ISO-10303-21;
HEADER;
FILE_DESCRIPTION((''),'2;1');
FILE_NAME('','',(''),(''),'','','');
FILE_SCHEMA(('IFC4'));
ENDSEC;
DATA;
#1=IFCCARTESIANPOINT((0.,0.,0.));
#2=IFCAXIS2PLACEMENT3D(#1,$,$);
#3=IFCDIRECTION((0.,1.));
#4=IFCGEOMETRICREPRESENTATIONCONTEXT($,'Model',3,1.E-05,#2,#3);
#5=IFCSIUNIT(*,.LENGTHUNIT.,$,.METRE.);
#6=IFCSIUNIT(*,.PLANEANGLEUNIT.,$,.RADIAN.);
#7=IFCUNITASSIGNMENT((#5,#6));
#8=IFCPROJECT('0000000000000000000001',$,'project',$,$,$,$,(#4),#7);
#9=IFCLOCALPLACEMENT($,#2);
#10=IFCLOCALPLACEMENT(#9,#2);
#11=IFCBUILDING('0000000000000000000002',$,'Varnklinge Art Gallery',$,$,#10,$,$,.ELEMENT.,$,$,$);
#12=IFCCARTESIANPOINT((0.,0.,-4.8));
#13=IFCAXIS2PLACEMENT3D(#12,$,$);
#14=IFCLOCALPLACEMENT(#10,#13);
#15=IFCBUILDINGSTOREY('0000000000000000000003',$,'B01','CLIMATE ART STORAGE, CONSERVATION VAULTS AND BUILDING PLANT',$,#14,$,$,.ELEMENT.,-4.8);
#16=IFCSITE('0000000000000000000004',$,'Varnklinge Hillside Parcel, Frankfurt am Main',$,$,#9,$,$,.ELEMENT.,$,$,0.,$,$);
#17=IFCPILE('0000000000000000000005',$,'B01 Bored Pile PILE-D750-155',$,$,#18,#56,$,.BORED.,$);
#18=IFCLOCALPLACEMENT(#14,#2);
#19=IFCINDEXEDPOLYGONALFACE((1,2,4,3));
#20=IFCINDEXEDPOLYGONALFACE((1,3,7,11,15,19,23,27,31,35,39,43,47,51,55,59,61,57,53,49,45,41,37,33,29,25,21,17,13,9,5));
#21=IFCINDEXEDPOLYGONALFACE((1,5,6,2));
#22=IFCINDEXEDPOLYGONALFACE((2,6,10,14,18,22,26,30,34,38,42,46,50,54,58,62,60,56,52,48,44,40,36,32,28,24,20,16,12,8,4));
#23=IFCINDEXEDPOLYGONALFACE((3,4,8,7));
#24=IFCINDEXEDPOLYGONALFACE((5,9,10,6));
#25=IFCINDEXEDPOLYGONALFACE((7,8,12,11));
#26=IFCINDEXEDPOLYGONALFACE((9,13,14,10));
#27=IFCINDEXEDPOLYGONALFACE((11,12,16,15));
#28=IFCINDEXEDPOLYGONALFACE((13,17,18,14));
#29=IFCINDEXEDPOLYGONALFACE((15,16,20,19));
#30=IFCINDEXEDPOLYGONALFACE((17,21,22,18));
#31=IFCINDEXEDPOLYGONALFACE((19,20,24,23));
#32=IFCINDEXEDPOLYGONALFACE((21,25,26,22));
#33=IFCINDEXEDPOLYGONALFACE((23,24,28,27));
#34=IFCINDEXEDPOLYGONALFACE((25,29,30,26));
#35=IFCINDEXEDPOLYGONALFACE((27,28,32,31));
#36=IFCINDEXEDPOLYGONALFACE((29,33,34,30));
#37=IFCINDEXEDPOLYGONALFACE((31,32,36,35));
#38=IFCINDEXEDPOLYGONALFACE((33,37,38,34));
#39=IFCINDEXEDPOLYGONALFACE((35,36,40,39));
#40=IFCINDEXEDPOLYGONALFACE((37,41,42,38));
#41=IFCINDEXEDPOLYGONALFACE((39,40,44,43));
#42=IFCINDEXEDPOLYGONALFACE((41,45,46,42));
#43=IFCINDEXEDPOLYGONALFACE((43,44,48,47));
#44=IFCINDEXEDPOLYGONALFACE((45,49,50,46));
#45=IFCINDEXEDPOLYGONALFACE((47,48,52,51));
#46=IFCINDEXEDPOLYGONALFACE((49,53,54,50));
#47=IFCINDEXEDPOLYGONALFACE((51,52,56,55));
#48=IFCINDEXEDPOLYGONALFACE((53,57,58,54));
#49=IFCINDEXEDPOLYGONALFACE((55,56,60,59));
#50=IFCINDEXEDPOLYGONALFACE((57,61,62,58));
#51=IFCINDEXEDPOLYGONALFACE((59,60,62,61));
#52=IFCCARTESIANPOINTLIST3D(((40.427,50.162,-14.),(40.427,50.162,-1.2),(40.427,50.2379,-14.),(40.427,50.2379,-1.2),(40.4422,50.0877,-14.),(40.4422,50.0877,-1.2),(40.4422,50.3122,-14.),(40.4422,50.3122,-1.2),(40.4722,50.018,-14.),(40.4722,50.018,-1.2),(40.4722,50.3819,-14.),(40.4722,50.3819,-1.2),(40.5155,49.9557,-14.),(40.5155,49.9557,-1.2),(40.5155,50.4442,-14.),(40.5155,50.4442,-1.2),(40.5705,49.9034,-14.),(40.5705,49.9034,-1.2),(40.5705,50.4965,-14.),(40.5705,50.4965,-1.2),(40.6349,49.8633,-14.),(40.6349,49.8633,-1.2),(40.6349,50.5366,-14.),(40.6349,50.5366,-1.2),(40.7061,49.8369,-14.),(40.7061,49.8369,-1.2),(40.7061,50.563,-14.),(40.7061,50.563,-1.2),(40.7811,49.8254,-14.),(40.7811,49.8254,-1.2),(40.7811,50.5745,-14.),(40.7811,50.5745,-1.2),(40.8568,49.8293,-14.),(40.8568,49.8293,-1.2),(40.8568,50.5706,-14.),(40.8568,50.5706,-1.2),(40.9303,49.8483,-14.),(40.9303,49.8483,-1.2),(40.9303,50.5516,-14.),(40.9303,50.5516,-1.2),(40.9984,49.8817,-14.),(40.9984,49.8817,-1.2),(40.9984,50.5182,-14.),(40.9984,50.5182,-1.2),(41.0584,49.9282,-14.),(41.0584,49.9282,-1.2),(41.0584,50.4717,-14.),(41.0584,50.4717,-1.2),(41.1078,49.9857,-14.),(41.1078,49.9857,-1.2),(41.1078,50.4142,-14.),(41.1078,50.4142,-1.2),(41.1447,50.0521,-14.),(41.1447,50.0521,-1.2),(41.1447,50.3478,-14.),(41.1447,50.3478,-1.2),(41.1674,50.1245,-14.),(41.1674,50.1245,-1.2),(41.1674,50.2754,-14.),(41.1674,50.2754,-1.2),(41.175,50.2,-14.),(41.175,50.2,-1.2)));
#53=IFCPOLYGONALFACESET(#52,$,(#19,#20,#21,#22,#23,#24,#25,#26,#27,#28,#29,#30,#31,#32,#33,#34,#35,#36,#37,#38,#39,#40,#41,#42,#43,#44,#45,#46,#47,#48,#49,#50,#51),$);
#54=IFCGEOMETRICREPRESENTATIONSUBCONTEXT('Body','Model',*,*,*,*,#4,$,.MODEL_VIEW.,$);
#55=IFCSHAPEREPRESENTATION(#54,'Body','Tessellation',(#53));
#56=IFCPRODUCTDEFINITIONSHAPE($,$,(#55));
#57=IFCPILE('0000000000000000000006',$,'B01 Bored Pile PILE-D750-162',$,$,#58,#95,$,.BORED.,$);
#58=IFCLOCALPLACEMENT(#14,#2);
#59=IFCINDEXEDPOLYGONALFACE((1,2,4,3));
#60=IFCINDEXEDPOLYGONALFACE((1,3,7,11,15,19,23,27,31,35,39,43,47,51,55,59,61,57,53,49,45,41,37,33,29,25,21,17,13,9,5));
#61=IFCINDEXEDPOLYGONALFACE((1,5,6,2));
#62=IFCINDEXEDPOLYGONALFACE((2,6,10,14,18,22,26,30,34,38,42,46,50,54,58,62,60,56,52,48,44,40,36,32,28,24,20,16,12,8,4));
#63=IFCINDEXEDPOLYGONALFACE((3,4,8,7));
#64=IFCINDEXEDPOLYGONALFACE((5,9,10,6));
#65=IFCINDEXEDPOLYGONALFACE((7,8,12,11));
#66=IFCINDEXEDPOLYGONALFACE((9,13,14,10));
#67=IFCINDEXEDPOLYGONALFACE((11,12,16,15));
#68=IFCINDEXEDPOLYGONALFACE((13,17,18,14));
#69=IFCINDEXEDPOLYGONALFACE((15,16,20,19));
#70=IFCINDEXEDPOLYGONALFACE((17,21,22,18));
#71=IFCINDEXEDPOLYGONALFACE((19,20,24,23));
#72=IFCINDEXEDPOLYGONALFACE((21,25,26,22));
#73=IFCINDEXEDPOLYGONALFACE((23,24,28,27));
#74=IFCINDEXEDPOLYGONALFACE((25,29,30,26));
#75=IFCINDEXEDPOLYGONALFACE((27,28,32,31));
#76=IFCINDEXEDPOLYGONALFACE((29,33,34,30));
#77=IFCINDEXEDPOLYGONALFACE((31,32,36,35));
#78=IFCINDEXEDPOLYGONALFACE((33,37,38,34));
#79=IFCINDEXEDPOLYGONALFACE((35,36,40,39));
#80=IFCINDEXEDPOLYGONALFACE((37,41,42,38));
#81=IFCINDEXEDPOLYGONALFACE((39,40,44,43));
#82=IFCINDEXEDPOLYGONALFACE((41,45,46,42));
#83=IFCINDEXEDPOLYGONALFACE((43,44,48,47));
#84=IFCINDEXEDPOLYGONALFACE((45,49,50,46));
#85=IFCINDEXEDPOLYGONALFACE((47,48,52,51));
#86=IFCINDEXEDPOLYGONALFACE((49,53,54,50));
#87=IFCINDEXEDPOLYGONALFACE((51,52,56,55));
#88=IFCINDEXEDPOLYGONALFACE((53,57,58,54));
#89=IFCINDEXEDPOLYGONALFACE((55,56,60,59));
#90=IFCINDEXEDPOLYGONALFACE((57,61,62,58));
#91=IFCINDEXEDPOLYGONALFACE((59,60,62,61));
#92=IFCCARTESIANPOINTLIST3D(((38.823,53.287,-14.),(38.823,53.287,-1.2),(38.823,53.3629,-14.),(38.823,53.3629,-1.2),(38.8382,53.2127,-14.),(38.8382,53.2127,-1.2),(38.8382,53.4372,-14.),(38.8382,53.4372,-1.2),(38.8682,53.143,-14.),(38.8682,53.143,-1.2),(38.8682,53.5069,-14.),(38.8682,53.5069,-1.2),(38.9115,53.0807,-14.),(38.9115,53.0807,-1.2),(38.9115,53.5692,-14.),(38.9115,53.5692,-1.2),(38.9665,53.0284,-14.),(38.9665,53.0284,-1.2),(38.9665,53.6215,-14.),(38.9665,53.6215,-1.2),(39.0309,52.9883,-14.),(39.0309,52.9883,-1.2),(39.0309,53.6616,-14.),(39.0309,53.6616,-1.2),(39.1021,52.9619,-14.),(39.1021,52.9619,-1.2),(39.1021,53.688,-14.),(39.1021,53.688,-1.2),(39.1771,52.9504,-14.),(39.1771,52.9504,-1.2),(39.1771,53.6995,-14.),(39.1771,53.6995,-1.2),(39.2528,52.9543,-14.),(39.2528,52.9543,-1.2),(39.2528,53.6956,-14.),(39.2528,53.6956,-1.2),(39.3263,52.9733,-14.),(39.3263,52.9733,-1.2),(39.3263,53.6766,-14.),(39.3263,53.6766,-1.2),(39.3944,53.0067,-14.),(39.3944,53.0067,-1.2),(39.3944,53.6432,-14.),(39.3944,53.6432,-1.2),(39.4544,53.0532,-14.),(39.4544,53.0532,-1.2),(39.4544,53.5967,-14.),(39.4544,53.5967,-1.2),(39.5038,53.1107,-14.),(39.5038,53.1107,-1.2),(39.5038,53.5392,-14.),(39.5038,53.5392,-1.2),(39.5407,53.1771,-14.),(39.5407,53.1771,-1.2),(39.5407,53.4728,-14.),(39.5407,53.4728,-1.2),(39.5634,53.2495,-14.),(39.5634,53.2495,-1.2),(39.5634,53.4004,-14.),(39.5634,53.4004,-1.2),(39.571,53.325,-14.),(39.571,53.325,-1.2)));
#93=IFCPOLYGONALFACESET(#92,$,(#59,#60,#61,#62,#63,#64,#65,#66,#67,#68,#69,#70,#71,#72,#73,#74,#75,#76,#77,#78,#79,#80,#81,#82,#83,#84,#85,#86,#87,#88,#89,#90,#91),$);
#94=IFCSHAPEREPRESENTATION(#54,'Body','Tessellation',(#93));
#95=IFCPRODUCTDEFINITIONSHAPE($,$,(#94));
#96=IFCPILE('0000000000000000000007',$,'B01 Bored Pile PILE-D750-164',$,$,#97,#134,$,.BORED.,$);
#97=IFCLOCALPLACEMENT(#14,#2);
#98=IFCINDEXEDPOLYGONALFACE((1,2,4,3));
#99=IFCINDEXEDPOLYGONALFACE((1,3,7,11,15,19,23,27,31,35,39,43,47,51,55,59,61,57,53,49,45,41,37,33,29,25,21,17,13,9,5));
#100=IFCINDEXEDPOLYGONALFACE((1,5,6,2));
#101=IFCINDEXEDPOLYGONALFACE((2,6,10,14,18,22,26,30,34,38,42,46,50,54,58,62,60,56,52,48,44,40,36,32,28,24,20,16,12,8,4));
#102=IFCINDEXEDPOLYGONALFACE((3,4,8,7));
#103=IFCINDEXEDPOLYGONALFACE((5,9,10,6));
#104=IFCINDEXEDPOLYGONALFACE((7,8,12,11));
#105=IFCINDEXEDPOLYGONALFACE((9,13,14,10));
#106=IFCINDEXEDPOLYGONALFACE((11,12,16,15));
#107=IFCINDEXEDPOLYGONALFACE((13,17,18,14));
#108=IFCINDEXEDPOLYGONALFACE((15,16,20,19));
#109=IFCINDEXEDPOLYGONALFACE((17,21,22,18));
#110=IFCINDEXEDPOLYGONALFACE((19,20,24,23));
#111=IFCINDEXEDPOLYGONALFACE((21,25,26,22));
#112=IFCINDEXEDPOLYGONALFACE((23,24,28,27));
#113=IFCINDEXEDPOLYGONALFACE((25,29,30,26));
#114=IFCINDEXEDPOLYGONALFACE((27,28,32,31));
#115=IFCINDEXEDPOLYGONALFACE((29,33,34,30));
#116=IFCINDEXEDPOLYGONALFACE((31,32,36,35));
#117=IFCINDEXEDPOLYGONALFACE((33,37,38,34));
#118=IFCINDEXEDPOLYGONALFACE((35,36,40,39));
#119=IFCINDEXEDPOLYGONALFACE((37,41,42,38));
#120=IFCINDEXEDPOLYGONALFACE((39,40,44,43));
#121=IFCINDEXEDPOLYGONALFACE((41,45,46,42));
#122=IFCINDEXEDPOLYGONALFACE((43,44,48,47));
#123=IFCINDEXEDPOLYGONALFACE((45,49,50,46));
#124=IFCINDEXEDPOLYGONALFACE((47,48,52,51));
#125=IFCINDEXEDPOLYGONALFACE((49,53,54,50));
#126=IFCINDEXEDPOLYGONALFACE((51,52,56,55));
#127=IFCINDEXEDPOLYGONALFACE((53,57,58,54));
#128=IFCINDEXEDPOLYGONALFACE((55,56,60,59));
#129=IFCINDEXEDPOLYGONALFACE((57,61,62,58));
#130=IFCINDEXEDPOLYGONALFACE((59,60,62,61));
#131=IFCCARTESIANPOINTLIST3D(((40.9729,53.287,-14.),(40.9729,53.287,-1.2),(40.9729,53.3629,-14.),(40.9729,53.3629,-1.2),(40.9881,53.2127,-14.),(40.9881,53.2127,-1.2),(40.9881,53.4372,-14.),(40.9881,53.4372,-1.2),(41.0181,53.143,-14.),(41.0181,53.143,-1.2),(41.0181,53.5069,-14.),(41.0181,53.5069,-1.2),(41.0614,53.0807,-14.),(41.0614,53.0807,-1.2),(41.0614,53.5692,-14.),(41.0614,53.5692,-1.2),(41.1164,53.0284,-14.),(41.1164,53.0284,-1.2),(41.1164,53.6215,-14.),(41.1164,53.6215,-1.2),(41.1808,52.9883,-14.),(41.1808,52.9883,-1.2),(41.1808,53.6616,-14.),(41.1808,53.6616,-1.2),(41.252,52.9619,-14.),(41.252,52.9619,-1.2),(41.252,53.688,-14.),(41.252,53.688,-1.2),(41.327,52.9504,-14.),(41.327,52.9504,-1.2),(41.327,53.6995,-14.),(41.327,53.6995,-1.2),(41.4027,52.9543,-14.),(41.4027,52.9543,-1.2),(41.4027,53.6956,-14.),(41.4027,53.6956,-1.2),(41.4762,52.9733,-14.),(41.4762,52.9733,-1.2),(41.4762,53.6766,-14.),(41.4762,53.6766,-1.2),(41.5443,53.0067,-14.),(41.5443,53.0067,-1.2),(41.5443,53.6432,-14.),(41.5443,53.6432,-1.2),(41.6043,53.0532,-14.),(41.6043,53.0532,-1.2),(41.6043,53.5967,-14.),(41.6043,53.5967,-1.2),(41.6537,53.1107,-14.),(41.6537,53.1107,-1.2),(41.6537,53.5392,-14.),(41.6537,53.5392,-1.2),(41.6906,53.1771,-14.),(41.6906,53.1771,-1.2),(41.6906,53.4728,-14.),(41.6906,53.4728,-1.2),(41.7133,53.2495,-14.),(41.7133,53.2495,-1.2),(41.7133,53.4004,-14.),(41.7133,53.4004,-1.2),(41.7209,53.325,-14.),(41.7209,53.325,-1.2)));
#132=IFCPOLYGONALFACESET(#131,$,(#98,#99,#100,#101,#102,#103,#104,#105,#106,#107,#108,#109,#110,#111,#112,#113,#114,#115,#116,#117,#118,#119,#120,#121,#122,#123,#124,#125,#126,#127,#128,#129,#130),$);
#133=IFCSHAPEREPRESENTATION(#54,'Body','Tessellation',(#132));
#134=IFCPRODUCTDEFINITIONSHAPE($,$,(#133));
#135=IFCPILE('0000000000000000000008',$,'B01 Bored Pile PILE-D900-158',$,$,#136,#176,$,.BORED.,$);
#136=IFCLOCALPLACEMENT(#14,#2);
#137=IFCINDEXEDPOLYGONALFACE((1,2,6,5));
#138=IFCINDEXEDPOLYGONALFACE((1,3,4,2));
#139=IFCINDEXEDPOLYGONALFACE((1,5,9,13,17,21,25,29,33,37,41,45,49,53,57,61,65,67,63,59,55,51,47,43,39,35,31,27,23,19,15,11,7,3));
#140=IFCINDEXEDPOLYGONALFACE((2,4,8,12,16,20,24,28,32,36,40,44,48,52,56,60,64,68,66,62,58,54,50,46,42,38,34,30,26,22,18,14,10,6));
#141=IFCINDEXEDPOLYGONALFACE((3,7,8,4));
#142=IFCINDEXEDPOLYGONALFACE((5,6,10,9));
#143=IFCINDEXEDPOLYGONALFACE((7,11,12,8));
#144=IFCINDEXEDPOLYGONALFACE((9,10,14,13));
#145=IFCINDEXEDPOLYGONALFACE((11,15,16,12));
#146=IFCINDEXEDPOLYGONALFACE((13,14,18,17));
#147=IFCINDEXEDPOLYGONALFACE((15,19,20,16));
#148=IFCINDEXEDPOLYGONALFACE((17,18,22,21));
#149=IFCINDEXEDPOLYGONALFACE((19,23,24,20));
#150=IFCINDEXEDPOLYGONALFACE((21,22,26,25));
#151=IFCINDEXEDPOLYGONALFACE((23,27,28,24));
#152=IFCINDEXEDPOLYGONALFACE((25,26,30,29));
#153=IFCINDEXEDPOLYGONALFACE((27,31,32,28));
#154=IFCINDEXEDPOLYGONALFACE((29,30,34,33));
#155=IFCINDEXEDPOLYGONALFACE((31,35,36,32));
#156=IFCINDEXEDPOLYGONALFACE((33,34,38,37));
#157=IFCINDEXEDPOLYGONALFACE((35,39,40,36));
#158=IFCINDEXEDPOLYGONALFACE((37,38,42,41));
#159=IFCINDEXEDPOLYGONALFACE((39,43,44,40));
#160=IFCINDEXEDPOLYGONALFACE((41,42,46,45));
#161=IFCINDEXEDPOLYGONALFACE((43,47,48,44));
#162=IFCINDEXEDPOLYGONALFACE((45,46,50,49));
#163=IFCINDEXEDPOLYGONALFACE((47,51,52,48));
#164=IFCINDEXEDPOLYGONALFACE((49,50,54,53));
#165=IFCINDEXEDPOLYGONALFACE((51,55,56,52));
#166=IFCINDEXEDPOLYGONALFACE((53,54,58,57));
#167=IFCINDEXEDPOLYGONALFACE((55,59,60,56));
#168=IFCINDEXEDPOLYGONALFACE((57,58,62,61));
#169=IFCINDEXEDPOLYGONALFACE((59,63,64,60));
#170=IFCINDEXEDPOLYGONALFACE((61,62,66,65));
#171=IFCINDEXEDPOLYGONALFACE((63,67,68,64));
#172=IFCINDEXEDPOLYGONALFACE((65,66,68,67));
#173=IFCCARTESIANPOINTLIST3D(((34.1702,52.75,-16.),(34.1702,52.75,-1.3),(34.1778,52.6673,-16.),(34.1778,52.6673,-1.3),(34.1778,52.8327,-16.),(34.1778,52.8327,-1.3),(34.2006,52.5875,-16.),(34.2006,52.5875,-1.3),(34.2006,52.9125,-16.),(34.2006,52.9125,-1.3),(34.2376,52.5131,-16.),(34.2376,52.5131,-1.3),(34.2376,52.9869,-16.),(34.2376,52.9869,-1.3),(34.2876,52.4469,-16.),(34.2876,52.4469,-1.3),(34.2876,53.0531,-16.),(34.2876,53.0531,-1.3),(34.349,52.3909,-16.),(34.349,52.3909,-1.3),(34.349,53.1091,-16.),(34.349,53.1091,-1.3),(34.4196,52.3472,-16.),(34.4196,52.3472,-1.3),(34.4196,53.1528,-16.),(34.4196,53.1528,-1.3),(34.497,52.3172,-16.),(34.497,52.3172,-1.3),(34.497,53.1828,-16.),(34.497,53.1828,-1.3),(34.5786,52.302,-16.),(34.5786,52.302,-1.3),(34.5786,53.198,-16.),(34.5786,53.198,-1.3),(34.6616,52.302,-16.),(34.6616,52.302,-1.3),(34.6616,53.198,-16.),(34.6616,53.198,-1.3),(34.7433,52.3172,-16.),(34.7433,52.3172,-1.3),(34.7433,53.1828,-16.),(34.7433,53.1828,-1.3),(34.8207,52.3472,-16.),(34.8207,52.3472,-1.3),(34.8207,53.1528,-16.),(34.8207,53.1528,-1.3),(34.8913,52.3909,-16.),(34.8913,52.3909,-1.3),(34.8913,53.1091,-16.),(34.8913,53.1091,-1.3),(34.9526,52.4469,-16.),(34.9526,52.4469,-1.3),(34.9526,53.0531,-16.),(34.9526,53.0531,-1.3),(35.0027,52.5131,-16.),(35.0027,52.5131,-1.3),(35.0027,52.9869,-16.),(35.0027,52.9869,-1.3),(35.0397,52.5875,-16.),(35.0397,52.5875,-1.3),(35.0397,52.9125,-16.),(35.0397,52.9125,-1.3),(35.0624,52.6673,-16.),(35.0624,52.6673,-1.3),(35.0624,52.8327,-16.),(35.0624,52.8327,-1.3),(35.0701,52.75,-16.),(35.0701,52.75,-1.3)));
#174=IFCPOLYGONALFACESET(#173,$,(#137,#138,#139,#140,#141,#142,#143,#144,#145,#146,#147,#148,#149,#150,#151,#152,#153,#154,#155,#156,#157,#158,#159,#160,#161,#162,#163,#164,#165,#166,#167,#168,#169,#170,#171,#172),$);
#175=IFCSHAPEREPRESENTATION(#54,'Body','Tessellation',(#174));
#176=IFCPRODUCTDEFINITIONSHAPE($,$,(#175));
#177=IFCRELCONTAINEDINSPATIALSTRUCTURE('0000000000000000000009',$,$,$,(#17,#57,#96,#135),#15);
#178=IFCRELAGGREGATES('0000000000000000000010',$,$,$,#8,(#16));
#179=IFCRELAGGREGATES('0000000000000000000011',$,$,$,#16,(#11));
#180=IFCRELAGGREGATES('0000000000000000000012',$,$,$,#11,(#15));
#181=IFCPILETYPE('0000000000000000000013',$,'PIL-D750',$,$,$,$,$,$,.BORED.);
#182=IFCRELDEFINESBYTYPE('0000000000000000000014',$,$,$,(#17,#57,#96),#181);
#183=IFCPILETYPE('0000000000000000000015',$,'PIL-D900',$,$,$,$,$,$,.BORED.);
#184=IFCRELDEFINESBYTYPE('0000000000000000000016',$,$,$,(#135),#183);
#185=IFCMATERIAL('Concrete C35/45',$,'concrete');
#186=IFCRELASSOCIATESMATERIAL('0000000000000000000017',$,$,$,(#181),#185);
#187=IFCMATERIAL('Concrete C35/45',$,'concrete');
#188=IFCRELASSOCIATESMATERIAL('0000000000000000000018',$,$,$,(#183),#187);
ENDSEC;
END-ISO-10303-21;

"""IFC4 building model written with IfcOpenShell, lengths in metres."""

from ifc_helpers import new_model, si_unit, direction, frame, origin, origin_2d, place, context, subcontext, project, spatial, circle, extrude, material, material_profile, profile_set, type_object, element, save


model = new_model("IFC4")

# Units and contexts
model_context = context("Model", 3, precision=1e-05, world=origin(), true_north=direction((0.0, 1.0)))
body_context = subcontext(model_context, "Body", "Model", "MODEL_VIEW")
ifc_project = project(units=[si_unit("LENGTHUNIT", "METRE"), si_unit("PLANEANGLEUNIT", "RADIAN")], contexts=[model_context])

# Site, building, storey
site_placement = place(None, origin())
site = spatial("IfcSite", under=ifc_project, at=site_placement, Name="Varnklinge Hillside Parcel, Frankfurt am Main", CompositionType="ELEMENT", RefElevation=0.0)
building_placement = place(site_placement, origin())
building = spatial("IfcBuilding", under=site, at=building_placement, Name="Varnklinge Art Gallery", CompositionType="ELEMENT")
storey_placement = place(building_placement, frame((0.0, 0.0, -4.8)))
storey = spatial("IfcBuildingStorey", under=building, at=storey_placement, Name="B01", Description="CLIMATE ART STORAGE, CONSERVATION VAULTS AND BUILDING PLANT", CompositionType="ELEMENT", Elevation=-4.8)

# Piles
ifc_material_1 = material(Name="Concrete C35/45", Category="concrete")
ifc_material_profile_1 = material_profile(ifc_material_1, circle(Radius=0.375, at=origin_2d()), Name="PILE D750")
ifc_profile_set_1 = profile_set([ifc_material_profile_1], Name="Concrete C35/45")
pile_type_1 = type_object("IfcPileType", Name="PIL-D750", PredefinedType="BORED", material=ifc_profile_set_1)
for number, where, z_axis, x_axis, name in (
    (1, (40.8, 50.2, -1.2), (0.0, 0.0, -1.0), (1.0, 0.0, 0.0), "B01 Bored Pile PILE-D750-155"),
    (2, (39.196, 53.325, -1.2), (0.0, 0.0, -1.0), (1.0, 0.0, 0.0), "B01 Bored Pile PILE-D750-162"),
    (3, (41.3459, 53.325, -1.2), (0.0, 0.0, -1.0), (1.0, 0.0, 0.0), "B01 Bored Pile PILE-D750-164"),
):
    element("IfcPile", number, at=place(storey_placement, frame(where, z_axis=z_axis, x_axis=x_axis)), inside=storey, type_object=pile_type_1, Name=name, PredefinedType="BORED", context=body_context, shape_type="SweptSolid", body=[
        extrude(circle(Radius=0.375, at=origin_2d()), origin(), (0.0, 0.0, 1.0), 12.8),
    ])
ifc_material_2 = material(Name="Concrete C35/45", Category="concrete")
ifc_material_profile_2 = material_profile(ifc_material_2, circle(Radius=0.45, at=origin_2d()), Name="PILE D900")
ifc_profile_set_2 = profile_set([ifc_material_profile_2], Name="Concrete C35/45")
pile_type_2 = type_object("IfcPileType", Name="PIL-D900", PredefinedType="BORED", material=ifc_profile_set_2)
for number, where, z_axis, x_axis, name in (
    (4, (34.6201, 52.75, -1.3), (0.0, 0.0, -1.0), (1.0, 0.0, 0.0), "B01 Bored Pile PILE-D900-158"),
):
    element("IfcPile", number, at=place(storey_placement, frame(where, z_axis=z_axis, x_axis=x_axis)), inside=storey, type_object=pile_type_2, Name=name, PredefinedType="BORED", context=body_context, shape_type="SweptSolid", body=[
        extrude(circle(Radius=0.45, at=origin_2d()), origin(), (0.0, 0.0, 1.0), 14.7),
    ])

save(model, "model.ifc")
